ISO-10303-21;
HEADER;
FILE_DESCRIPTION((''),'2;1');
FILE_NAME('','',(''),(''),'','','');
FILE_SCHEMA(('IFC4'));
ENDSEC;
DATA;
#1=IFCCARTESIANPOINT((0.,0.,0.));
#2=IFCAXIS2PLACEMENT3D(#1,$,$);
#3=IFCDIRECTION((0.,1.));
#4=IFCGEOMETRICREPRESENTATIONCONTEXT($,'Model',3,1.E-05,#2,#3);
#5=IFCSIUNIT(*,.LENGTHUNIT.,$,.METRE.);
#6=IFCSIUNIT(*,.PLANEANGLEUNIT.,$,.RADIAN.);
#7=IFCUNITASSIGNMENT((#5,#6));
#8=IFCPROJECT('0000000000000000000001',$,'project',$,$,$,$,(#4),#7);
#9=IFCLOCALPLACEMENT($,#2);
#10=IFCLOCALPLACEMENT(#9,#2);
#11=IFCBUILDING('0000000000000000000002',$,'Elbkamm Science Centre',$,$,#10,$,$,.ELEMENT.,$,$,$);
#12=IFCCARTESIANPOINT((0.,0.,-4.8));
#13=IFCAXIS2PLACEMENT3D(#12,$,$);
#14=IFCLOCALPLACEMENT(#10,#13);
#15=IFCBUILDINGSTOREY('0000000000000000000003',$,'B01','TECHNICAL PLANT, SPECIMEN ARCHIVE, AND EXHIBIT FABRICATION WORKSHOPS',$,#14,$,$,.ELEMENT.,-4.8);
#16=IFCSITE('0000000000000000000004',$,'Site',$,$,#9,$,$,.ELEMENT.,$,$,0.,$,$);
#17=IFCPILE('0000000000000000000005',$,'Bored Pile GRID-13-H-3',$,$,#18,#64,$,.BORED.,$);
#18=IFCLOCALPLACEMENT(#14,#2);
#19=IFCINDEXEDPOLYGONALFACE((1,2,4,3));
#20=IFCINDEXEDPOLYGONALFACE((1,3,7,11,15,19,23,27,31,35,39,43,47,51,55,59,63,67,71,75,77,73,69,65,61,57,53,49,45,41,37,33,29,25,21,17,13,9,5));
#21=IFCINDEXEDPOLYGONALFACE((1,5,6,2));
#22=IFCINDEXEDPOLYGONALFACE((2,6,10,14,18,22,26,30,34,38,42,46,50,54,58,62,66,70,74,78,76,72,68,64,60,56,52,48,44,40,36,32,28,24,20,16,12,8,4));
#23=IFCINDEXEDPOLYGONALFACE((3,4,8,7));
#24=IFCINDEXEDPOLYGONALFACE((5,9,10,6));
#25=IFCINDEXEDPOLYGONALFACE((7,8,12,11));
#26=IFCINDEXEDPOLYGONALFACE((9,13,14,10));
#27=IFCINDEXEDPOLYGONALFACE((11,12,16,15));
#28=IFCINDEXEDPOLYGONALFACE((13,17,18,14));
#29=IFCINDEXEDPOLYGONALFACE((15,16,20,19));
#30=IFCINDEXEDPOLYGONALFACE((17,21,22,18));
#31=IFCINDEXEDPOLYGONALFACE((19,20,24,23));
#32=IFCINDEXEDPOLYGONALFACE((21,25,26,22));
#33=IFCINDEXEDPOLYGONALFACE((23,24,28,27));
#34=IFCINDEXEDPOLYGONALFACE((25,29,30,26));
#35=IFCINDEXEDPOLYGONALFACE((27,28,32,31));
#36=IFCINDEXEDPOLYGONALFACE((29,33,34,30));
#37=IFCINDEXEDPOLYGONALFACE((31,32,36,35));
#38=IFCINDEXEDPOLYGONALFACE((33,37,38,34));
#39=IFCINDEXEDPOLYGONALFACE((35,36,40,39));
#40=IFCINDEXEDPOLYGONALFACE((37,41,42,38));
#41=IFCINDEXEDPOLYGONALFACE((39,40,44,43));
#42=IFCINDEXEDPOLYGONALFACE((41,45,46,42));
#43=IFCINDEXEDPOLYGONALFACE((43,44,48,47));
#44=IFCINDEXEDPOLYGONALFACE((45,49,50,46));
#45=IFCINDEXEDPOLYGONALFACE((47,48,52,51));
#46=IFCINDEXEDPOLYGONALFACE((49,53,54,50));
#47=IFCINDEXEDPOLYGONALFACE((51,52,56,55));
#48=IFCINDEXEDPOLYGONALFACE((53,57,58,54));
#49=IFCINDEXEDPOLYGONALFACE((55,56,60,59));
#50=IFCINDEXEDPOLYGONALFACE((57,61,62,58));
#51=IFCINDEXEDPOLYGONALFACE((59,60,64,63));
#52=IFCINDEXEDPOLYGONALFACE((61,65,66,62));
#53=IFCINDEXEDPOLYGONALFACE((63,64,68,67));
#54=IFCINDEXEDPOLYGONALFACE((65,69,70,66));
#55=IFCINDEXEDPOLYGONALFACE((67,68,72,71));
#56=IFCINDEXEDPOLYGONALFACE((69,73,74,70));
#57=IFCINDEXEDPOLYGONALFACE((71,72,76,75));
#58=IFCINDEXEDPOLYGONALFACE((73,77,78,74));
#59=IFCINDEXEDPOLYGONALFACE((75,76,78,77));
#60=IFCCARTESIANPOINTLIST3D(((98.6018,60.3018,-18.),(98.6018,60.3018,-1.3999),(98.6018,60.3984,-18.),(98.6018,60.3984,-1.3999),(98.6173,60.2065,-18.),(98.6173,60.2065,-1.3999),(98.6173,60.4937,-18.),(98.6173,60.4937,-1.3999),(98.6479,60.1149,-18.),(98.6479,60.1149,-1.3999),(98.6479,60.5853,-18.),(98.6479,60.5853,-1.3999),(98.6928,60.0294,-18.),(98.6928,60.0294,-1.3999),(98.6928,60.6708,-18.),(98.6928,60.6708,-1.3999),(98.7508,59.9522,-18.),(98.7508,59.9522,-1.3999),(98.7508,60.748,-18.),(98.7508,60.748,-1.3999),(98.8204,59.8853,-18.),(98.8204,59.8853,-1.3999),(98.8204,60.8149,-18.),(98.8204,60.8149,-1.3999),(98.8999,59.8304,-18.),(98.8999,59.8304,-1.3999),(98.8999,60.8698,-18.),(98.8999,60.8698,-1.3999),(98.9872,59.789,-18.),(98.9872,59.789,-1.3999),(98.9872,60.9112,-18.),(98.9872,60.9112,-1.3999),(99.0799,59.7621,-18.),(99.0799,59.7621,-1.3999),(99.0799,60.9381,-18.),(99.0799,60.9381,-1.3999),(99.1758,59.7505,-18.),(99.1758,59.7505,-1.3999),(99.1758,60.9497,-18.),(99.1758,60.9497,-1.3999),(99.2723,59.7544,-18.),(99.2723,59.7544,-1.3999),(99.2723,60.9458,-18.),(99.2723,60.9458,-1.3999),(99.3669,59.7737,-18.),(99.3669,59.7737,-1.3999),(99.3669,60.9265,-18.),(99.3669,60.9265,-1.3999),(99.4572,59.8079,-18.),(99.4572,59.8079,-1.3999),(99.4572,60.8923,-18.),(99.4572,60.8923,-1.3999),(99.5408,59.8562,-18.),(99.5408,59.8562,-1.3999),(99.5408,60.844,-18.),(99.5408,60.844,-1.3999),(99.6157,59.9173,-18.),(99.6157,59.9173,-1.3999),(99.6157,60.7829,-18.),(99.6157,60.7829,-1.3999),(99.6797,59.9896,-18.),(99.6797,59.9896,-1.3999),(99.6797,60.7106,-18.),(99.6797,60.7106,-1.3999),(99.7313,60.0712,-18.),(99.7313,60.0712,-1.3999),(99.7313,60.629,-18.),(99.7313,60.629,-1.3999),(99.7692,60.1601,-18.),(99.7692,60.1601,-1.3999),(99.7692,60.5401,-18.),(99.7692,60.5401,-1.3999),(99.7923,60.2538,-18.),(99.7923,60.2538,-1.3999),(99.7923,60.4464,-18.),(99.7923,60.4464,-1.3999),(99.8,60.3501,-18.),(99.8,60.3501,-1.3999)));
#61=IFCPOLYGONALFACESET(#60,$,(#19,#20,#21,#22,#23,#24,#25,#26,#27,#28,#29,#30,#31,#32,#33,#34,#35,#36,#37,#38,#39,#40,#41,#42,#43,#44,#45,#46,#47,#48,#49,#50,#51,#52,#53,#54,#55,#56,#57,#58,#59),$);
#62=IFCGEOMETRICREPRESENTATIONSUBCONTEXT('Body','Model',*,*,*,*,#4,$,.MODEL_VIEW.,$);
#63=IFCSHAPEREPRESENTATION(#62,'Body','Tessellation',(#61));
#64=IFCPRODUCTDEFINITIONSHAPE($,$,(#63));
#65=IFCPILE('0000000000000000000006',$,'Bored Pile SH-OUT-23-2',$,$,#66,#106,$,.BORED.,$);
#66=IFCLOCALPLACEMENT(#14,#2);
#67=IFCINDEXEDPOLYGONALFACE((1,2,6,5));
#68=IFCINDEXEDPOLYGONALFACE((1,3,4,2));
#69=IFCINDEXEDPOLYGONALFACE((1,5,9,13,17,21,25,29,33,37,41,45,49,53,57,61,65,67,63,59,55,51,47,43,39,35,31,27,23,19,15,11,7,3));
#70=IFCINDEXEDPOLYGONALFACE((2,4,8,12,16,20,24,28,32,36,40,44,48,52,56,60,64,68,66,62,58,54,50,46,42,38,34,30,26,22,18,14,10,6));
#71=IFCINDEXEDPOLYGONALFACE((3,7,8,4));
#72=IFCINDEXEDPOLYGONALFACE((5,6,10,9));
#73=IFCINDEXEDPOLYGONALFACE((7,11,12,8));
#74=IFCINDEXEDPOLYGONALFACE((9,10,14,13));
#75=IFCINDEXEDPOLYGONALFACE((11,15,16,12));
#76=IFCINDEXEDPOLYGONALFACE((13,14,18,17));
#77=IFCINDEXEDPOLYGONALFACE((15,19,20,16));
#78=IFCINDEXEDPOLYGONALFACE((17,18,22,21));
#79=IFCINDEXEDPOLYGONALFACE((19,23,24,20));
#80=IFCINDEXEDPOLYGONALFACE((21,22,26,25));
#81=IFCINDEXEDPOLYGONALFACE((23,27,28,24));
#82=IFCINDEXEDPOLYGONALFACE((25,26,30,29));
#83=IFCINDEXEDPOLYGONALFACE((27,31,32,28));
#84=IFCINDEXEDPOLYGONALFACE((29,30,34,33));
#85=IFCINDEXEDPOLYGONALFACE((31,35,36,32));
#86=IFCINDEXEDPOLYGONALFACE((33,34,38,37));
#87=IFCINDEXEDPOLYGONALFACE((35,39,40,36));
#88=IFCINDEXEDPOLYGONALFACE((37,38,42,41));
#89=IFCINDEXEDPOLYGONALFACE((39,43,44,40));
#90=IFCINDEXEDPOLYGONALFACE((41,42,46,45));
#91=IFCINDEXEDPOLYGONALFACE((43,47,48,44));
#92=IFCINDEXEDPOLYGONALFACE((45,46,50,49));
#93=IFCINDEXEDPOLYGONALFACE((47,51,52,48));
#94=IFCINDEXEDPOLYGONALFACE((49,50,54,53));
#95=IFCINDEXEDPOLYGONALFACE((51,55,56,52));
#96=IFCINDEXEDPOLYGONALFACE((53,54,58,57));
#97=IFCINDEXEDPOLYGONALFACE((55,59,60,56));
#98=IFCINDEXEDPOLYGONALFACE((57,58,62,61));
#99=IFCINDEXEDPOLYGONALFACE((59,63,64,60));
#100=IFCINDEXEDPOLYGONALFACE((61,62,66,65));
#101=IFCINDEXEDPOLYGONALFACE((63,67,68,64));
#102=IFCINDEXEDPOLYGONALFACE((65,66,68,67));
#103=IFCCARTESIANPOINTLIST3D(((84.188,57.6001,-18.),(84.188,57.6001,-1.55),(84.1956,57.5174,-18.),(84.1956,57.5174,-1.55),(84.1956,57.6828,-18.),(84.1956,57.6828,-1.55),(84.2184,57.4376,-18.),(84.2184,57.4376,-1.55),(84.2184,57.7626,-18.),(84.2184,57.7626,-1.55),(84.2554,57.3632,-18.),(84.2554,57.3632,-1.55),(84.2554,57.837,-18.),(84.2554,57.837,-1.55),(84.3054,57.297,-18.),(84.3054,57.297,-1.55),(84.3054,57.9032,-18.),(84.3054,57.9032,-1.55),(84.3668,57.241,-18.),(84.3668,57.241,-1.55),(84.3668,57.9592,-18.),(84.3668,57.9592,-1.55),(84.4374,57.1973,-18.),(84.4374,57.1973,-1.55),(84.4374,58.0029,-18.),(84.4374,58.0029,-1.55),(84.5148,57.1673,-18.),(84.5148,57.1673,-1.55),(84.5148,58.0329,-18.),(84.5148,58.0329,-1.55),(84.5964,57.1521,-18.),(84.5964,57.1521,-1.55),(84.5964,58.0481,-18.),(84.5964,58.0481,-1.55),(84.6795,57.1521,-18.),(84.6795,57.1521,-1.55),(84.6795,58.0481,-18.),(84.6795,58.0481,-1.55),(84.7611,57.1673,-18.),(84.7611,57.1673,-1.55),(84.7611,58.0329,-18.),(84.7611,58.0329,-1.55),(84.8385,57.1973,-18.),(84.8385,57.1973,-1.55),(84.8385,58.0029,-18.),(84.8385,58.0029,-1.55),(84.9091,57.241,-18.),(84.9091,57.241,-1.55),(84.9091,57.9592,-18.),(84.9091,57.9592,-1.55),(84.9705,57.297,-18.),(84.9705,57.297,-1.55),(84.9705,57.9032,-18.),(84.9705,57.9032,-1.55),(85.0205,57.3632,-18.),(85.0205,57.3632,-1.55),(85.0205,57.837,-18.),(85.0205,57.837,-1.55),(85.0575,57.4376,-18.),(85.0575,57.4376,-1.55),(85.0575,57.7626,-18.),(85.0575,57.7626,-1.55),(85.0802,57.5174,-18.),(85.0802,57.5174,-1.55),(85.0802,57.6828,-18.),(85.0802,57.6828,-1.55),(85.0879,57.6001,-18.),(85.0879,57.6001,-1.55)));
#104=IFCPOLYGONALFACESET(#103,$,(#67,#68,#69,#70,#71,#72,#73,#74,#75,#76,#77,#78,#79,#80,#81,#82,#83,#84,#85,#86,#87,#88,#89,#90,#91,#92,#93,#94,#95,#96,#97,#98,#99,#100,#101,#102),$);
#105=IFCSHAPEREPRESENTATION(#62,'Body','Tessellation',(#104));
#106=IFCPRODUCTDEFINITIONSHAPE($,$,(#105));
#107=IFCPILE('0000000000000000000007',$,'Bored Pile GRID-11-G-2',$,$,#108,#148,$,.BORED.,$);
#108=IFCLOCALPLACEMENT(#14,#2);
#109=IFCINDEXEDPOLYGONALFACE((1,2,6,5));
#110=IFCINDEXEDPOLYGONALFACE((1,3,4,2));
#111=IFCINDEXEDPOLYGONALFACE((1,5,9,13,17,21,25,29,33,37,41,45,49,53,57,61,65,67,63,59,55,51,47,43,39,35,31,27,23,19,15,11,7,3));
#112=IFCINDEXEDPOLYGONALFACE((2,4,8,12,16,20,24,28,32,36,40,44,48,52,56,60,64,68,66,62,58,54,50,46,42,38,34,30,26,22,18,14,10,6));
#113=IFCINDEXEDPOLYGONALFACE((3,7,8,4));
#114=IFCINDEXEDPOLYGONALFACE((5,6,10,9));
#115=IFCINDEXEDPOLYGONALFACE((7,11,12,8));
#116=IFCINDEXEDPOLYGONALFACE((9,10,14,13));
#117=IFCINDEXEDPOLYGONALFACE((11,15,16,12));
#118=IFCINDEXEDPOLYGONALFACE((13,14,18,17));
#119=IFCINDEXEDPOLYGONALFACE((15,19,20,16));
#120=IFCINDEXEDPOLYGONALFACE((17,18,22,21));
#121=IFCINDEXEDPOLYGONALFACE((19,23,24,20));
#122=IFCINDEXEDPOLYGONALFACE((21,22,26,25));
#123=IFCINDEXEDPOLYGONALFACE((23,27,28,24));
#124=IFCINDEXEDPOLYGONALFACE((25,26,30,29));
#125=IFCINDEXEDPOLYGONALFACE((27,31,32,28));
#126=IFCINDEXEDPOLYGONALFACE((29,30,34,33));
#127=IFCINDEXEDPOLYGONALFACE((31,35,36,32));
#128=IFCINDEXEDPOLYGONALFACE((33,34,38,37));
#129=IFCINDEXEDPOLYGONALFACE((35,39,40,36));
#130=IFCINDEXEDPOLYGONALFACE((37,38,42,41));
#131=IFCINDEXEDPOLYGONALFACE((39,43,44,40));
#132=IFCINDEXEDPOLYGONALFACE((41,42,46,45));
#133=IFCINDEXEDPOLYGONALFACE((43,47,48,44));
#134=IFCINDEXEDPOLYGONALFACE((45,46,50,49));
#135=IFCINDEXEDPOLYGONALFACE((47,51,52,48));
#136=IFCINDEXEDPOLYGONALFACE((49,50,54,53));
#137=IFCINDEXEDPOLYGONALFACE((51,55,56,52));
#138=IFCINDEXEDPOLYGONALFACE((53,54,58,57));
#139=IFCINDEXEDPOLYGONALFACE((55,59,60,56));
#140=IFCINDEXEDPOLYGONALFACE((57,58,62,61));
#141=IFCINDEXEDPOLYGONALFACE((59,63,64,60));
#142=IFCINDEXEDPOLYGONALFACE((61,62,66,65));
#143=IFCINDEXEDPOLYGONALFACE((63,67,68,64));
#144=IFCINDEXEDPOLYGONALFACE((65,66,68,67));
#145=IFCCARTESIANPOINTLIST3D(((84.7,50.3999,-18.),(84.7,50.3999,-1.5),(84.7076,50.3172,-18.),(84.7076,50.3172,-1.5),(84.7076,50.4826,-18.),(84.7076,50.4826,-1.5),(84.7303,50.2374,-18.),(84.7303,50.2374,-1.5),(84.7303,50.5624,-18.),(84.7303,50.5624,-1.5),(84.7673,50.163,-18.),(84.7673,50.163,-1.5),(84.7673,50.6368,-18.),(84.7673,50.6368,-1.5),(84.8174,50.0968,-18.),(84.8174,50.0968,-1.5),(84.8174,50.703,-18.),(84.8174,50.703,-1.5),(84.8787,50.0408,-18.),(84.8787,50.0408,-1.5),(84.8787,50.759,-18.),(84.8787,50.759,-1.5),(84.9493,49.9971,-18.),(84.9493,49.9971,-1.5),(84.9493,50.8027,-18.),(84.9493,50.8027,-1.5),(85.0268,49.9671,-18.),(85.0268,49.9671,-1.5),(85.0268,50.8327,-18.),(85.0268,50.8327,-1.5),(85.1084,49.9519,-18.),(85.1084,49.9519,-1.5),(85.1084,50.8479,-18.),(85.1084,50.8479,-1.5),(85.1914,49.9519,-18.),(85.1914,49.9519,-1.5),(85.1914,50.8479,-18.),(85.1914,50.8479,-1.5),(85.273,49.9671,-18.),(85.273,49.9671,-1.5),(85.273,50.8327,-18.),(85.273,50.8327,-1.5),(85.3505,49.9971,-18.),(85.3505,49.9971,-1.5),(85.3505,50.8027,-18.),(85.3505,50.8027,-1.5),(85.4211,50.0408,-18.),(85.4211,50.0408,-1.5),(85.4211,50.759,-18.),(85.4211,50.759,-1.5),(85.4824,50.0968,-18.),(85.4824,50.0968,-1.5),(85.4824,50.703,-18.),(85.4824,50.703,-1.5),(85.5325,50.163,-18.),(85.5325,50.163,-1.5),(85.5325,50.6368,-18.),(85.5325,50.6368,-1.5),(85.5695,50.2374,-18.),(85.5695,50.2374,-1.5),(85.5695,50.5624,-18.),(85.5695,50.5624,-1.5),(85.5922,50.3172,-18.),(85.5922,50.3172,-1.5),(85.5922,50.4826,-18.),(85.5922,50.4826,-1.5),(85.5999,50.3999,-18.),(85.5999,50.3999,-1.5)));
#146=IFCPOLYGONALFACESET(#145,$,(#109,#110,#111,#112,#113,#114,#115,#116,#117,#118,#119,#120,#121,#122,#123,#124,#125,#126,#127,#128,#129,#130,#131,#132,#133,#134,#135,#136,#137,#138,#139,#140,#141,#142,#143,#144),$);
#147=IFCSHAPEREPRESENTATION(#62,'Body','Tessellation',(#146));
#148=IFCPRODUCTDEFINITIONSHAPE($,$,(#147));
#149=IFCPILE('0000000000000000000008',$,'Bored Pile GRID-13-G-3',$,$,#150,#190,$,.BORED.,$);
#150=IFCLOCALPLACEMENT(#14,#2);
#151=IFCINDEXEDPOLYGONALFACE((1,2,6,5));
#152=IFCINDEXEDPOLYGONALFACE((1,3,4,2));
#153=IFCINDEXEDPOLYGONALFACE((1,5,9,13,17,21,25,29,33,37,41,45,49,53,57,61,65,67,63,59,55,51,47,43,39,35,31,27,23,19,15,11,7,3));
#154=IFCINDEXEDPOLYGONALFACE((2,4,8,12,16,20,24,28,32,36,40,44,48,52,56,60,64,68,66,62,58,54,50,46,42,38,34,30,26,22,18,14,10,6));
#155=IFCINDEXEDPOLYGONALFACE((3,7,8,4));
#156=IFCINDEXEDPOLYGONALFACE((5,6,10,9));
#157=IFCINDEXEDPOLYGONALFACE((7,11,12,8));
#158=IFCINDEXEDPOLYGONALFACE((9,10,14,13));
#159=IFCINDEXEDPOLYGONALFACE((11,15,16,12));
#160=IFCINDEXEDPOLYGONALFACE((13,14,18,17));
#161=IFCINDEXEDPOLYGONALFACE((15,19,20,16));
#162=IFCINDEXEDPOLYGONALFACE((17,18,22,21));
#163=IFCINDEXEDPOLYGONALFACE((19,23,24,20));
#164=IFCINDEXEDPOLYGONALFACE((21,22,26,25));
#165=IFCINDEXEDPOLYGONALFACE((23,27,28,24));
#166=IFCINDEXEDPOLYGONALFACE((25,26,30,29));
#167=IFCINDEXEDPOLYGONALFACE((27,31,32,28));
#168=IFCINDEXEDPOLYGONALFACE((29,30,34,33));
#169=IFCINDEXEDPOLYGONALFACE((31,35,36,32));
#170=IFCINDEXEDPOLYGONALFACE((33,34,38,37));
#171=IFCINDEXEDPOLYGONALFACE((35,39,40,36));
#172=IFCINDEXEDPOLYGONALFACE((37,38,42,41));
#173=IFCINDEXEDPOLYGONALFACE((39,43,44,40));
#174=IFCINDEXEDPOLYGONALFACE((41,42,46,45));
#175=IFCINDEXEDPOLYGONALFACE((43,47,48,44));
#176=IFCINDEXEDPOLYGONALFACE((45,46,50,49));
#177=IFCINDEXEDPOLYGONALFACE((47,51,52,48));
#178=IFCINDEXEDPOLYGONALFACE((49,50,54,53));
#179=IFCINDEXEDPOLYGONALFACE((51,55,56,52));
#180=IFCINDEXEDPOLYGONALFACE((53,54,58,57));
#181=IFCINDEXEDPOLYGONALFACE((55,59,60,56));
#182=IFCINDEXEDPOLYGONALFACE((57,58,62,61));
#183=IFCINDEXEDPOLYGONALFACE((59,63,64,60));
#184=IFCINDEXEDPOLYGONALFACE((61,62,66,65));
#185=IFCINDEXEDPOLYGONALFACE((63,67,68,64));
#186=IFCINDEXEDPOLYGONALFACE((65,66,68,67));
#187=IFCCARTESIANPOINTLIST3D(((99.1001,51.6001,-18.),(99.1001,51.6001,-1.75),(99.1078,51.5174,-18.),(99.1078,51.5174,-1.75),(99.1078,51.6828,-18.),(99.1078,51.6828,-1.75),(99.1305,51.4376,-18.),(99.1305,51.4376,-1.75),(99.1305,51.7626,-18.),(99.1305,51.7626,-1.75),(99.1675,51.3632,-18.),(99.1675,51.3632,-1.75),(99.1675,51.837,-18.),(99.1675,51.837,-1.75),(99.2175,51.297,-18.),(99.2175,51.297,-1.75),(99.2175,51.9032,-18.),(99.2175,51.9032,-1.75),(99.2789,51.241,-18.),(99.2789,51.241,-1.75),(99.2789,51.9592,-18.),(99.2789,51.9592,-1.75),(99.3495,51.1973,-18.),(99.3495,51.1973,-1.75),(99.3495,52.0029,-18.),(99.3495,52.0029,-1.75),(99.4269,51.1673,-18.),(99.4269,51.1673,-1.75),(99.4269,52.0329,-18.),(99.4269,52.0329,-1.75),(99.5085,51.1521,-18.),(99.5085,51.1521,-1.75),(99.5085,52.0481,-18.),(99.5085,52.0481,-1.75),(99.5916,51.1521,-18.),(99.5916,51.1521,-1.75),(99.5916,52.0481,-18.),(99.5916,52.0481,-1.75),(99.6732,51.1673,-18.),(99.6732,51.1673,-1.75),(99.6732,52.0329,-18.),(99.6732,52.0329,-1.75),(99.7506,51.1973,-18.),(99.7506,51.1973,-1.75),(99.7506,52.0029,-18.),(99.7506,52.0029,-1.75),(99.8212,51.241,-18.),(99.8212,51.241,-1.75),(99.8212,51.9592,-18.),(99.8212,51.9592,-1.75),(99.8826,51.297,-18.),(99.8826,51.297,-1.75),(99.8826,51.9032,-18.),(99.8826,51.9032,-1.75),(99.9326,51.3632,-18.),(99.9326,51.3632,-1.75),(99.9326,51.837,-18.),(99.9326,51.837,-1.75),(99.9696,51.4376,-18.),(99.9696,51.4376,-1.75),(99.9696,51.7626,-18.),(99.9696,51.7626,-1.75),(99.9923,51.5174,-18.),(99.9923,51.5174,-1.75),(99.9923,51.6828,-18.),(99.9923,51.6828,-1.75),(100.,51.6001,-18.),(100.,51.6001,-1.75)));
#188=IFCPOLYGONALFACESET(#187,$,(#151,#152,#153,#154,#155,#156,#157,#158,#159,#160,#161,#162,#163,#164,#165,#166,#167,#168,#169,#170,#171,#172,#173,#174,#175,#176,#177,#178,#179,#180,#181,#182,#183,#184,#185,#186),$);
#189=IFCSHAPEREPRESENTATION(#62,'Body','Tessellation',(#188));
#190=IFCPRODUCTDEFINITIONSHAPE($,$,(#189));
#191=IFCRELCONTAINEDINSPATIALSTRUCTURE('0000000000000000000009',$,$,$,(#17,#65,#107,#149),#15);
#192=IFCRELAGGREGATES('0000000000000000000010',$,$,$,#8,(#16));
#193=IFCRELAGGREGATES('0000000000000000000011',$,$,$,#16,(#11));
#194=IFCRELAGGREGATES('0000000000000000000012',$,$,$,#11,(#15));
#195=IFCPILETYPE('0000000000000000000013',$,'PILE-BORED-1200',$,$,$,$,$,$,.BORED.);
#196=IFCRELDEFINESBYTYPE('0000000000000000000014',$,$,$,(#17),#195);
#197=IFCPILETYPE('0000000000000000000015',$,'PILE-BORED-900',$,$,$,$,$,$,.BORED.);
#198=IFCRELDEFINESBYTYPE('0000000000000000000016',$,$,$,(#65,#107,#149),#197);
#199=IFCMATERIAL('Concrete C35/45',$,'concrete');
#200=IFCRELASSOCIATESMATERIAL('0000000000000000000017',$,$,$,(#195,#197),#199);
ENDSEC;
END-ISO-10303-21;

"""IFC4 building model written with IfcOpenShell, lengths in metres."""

from ifc_helpers import new_model, si_unit, direction, frame, origin, origin_2d, place, context, subcontext, project, spatial, circle, extrude, material, material_profile, profile_set, type_object, element, save


model = new_model("IFC4")

# Units and contexts
model_context = context("Model", 3, precision=1e-05, world=origin(), true_north=direction((0.0, 1.0)))
body_context = subcontext(model_context, "Body", "Model", "MODEL_VIEW")
ifc_project = project(units=[si_unit("LENGTHUNIT", "METRE"), si_unit("PLANEANGLEUNIT", "RADIAN")], contexts=[model_context])

# Site, building, storey
site_placement = place(None, origin())
site = spatial("IfcSite", under=ifc_project, at=site_placement, Name="Site", CompositionType="ELEMENT", RefElevation=0.0)
building_placement = place(site_placement, origin())
building = spatial("IfcBuilding", under=site, at=building_placement, Name="Elbkamm Science Centre", CompositionType="ELEMENT")
storey_placement = place(building_placement, frame((0.0, 0.0, -4.8)))
storey = spatial("IfcBuildingStorey", under=building, at=storey_placement, Name="B01", Description="TECHNICAL PLANT, SPECIMEN ARCHIVE, AND EXHIBIT FABRICATION WORKSHOPS", CompositionType="ELEMENT", Elevation=-4.8)

# Shared definitions
ifc_material_1 = material(Name="Concrete C35/45", Category="concrete")

# Piles
ifc_material_profile_1 = material_profile(ifc_material_1, circle(Radius=0.6001, at=origin_2d()), Name="PILE D1200")
ifc_profile_set_1 = profile_set([ifc_material_profile_1], Name="Concrete C35/45")
pile_type_1 = type_object("IfcPileType", Name="PILE-BORED-1200", PredefinedType="BORED", material=ifc_profile_set_1)
for number, where, z_axis, x_axis, name in (
    (1, (99.2, 60.3501, -1.3999), (0.0, 0.0, -1.0), (1.0, 0.0, 0.0), "Bored Pile GRID-13-H-3"),
):
    element("IfcPile", number, at=place(storey_placement, frame(where, z_axis=z_axis, x_axis=x_axis)), inside=storey, type_object=pile_type_1, Name=name, PredefinedType="BORED", context=body_context, shape_type="SweptSolid", body=[
        extrude(circle(Radius=0.6001, at=origin_2d()), origin(), (0.0, 0.0, 1.0), 16.6001),
    ])
ifc_material_profile_2 = material_profile(ifc_material_1, circle(Radius=0.45, at=origin_2d()), Name="PILE D900")
ifc_profile_set_2 = profile_set([ifc_material_profile_2], Name="Concrete C35/45")
pile_type_2 = type_object("IfcPileType", Name="PILE-BORED-900", PredefinedType="BORED", material=ifc_profile_set_2)
pile_1_placement = place(storey_placement, frame((84.6379, 57.6001, -1.55), z_axis=(0.0, 0.0, -1.0), x_axis=(1.0, 0.0, 0.0)))
element("IfcPile", 2, at=pile_1_placement, inside=storey, type_object=pile_type_2, Name="Bored Pile SH-OUT-23-2", PredefinedType="BORED", context=body_context, shape_type="SweptSolid", body=[
    extrude(circle(Radius=0.45, at=origin_2d()), origin(), (0.0, 0.0, 1.0), 16.45),
])
pile_2_placement = place(storey_placement, frame((85.1499, 50.3999, -1.5), z_axis=(0.0, 0.0, -1.0), x_axis=(1.0, 0.0, 0.0)))
element("IfcPile", 3, at=pile_2_placement, inside=storey, type_object=pile_type_2, Name="Bored Pile GRID-11-G-2", PredefinedType="BORED", context=body_context, shape_type="SweptSolid", body=[
    extrude(circle(Radius=0.45, at=origin_2d()), origin(), (0.0, 0.0, 1.0), 16.5),
])
pile_3_placement = place(storey_placement, frame((99.55, 51.6001, -1.75), z_axis=(0.0, 0.0, -1.0), x_axis=(1.0, 0.0, 0.0)))
element("IfcPile", 4, at=pile_3_placement, inside=storey, type_object=pile_type_2, Name="Bored Pile GRID-13-G-3", PredefinedType="BORED", context=body_context, shape_type="SweptSolid", body=[
    extrude(circle(Radius=0.45, at=origin_2d()), origin(), (0.0, 0.0, 1.0), 16.25),
])

save(model, "model.ifc")
